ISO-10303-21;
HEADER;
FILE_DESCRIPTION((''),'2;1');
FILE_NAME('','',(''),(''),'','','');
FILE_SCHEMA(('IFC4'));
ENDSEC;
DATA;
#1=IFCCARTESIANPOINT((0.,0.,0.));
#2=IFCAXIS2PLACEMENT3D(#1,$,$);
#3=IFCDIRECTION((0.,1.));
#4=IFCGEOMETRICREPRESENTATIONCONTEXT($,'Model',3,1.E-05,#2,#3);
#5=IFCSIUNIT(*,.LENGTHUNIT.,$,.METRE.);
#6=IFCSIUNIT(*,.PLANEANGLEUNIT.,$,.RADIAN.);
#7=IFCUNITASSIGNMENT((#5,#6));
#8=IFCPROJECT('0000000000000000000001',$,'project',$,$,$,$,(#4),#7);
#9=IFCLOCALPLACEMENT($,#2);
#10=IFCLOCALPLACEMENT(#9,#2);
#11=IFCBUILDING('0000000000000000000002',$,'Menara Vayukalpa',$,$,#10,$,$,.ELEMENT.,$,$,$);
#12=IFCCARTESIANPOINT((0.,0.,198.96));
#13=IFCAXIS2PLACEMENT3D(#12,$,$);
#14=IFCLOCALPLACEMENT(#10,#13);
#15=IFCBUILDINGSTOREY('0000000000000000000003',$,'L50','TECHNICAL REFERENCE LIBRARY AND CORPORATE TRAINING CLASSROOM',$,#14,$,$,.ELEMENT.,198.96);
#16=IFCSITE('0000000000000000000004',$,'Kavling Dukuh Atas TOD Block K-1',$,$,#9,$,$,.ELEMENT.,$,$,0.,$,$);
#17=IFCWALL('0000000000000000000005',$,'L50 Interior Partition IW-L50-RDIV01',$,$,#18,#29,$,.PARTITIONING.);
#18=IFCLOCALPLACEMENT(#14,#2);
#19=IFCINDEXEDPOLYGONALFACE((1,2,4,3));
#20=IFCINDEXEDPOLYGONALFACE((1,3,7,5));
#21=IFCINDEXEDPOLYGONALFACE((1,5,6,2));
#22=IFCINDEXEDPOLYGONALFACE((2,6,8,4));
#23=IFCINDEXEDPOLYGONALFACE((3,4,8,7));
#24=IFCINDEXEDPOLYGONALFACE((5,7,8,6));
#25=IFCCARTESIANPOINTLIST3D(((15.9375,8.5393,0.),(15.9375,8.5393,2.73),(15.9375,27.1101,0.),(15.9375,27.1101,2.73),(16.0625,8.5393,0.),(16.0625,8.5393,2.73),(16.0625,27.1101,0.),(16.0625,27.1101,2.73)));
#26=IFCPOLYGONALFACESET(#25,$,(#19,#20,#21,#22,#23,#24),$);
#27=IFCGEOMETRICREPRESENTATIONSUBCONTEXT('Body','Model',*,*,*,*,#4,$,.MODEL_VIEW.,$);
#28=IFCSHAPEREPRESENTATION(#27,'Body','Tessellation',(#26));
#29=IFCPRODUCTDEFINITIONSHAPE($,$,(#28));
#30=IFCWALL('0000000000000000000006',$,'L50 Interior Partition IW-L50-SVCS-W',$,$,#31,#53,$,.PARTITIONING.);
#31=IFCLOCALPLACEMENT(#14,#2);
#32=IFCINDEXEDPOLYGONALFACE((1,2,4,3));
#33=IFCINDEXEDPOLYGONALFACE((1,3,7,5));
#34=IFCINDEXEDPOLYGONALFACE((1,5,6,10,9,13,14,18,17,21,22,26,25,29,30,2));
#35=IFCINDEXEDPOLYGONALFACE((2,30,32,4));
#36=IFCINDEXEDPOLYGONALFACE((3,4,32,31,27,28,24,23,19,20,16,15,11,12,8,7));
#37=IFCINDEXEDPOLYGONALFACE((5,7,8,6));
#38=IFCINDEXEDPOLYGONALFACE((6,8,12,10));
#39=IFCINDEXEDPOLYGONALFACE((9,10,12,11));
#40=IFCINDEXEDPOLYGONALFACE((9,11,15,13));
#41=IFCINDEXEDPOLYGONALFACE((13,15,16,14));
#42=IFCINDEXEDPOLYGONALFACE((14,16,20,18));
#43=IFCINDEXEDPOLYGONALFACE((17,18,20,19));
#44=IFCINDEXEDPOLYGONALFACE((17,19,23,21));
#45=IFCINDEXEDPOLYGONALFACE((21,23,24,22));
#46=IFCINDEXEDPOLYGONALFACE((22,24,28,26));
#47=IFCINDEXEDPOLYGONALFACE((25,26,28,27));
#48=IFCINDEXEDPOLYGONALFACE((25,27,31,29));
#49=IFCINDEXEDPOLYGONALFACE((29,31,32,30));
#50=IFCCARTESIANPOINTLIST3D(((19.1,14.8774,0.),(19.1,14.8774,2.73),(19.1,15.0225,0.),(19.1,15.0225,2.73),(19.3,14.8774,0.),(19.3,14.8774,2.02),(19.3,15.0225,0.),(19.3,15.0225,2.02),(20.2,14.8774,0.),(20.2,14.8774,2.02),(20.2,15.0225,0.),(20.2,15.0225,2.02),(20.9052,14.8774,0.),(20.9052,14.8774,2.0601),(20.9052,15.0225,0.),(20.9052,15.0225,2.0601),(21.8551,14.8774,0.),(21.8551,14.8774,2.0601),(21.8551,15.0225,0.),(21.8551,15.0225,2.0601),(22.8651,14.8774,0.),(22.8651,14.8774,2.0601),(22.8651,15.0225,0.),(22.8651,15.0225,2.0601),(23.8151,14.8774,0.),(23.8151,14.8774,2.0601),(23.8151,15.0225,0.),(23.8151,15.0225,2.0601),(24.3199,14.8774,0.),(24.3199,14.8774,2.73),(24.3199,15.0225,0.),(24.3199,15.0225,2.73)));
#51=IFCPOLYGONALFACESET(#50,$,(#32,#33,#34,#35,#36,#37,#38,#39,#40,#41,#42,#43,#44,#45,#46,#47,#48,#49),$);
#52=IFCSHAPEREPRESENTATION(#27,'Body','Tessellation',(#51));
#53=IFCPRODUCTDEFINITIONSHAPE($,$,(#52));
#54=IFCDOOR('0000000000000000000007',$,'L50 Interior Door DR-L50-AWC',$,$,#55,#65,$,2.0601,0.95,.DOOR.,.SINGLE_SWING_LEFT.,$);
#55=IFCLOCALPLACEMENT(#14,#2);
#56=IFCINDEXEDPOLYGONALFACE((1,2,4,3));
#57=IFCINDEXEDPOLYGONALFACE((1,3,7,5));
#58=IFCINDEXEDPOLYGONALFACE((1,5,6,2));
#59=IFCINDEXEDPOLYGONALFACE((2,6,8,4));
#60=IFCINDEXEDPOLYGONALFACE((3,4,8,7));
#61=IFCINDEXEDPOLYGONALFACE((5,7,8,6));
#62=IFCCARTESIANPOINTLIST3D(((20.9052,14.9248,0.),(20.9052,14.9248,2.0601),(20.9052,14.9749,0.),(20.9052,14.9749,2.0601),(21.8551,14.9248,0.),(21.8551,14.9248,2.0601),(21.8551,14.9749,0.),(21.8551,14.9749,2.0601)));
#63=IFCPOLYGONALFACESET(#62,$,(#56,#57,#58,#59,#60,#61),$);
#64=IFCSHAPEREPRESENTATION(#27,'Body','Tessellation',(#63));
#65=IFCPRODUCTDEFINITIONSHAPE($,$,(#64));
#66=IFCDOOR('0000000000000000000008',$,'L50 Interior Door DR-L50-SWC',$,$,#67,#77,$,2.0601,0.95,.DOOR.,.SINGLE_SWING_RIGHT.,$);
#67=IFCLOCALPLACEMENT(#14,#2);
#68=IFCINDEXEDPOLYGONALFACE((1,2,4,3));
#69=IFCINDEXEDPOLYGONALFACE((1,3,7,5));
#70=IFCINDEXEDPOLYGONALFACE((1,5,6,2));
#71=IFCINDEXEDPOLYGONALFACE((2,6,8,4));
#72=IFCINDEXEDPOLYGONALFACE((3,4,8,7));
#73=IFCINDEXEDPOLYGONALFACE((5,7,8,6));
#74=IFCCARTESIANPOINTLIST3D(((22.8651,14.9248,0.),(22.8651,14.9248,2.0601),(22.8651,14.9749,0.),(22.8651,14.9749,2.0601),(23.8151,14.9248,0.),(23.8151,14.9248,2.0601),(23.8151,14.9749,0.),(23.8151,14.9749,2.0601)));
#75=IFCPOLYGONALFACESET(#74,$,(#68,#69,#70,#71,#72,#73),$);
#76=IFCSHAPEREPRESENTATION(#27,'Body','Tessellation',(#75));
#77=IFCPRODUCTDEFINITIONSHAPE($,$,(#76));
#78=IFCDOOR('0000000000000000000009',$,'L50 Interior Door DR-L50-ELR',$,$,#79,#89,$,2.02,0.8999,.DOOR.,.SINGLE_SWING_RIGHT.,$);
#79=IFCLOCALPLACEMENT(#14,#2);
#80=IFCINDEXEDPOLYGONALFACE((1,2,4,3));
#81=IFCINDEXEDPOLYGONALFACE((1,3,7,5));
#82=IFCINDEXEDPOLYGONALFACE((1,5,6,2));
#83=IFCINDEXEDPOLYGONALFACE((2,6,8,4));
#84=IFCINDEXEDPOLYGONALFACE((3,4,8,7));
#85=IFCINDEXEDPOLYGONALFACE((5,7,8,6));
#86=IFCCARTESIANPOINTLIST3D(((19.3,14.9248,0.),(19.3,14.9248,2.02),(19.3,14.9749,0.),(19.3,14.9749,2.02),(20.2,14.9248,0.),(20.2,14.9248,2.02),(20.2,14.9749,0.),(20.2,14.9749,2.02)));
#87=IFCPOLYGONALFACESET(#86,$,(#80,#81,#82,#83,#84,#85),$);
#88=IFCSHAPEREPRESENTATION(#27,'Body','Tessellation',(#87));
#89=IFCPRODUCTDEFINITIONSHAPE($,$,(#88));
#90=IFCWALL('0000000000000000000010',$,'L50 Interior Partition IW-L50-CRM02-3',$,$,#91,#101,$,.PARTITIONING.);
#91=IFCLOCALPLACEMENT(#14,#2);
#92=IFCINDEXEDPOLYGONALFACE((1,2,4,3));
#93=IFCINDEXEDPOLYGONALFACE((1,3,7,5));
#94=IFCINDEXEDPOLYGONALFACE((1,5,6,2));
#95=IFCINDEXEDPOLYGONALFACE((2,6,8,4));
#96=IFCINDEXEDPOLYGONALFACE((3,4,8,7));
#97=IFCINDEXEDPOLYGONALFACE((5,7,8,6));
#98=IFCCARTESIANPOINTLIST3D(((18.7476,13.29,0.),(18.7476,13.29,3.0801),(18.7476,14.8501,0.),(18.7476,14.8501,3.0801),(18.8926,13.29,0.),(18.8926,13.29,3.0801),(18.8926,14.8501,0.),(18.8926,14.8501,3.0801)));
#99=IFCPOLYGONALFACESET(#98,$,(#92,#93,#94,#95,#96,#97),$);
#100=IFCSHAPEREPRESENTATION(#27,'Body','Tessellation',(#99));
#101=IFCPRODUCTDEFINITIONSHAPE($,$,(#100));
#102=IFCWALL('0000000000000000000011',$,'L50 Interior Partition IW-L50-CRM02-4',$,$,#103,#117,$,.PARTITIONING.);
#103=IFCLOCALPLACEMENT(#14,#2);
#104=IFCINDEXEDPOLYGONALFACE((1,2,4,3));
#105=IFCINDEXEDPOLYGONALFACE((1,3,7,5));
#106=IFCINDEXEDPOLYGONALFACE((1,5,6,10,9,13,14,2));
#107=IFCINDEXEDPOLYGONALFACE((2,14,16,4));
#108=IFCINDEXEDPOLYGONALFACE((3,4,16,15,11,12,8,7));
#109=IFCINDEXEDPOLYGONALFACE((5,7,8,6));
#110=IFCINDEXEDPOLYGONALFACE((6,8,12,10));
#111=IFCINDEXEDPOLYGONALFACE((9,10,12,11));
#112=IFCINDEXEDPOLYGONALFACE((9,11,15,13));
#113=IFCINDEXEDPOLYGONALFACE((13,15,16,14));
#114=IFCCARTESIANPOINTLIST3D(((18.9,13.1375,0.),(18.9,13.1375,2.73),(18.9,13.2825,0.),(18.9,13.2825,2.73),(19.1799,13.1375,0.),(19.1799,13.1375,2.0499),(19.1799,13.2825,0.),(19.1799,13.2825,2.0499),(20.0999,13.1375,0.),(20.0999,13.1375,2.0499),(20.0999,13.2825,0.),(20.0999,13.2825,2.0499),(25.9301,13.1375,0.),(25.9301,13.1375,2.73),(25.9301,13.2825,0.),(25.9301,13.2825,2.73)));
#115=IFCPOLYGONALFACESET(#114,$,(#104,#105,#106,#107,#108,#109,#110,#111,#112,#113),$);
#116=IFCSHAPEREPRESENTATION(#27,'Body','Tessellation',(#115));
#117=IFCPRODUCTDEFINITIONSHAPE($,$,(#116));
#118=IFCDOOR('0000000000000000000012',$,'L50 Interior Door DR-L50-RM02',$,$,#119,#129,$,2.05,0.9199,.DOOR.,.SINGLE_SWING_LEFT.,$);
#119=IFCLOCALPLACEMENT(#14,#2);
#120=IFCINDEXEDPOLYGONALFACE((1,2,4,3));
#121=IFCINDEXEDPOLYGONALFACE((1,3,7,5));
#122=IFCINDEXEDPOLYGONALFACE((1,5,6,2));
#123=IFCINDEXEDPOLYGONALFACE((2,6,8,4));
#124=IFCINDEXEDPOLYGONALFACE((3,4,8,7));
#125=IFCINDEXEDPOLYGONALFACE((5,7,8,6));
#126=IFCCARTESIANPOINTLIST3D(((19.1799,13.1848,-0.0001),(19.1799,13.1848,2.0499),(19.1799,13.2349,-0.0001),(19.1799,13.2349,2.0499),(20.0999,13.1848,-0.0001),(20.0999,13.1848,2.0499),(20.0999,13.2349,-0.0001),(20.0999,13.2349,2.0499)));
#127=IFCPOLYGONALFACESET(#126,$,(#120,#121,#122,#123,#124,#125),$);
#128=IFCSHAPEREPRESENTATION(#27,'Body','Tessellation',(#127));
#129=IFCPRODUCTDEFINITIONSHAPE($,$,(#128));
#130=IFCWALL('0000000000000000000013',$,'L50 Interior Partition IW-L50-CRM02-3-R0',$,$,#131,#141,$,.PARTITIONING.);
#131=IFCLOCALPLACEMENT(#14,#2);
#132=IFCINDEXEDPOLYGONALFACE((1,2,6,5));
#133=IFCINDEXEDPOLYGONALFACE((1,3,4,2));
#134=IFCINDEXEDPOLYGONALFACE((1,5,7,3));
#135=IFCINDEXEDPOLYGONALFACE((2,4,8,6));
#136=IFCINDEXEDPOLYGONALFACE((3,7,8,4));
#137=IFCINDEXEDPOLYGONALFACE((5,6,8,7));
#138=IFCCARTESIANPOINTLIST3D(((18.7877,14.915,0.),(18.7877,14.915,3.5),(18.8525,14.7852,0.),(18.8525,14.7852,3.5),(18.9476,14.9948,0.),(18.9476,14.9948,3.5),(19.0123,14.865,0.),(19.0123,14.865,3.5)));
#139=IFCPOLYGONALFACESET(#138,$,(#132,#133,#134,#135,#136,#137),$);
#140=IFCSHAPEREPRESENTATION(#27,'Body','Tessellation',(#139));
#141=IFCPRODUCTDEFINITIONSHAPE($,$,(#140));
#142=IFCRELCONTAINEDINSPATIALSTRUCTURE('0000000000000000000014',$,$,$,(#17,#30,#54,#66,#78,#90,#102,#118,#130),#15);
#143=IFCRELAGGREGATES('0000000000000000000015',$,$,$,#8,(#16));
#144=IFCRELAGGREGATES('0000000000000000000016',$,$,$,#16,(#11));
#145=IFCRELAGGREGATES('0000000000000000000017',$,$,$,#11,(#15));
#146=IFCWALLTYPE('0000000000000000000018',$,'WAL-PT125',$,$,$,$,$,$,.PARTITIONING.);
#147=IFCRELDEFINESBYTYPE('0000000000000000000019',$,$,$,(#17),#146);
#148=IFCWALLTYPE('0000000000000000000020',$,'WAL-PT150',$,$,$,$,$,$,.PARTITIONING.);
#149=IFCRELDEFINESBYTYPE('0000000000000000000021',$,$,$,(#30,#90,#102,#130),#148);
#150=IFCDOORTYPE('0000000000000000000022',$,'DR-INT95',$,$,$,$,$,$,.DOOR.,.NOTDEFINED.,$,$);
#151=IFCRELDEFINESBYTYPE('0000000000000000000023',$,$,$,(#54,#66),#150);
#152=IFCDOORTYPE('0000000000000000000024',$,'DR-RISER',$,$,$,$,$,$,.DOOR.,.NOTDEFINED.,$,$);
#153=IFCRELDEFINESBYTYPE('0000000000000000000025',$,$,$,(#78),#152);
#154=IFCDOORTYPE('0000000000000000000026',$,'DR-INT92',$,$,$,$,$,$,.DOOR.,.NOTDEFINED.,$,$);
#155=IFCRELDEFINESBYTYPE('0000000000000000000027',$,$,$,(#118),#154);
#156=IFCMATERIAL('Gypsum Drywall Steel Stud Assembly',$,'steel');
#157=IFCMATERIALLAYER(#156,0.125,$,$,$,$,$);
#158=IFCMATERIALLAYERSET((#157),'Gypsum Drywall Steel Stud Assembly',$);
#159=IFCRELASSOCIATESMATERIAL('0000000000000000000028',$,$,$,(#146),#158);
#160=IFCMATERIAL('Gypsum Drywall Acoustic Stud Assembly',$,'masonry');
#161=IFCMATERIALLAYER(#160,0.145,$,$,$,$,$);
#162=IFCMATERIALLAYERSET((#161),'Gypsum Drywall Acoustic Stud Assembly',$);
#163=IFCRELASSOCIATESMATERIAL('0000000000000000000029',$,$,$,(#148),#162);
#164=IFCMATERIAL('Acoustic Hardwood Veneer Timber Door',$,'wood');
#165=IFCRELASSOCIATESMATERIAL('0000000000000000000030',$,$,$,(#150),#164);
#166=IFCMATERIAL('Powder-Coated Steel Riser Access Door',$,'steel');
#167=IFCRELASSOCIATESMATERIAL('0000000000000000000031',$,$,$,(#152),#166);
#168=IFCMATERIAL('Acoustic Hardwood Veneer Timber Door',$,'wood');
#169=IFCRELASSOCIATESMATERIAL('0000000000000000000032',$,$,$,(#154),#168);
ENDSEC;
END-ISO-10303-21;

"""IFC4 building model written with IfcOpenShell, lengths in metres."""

from ifc_helpers import new_model, si_unit, direction, frame, frame_2d, origin, place, context, subcontext, project, spatial, rectangle, extrude, material, layer, layer_set, type_object, element, fill, save


model = new_model("IFC4")

# Units and contexts
model_context = context("Model", 3, precision=1e-05, world=origin(), true_north=direction((0.0, 1.0)))
body_context = subcontext(model_context, "Body", "Model", "MODEL_VIEW")
ifc_project = project(units=[si_unit("LENGTHUNIT", "METRE"), si_unit("PLANEANGLEUNIT", "RADIAN")], contexts=[model_context])

# Site, building, storey
site_placement = place(None, origin())
site = spatial("IfcSite", under=ifc_project, at=site_placement, Name="Kavling Dukuh Atas TOD Block K-1", CompositionType="ELEMENT", RefElevation=0.0)
building_placement = place(site_placement, origin())
building = spatial("IfcBuilding", under=site, at=building_placement, Name="Menara Vayukalpa", CompositionType="ELEMENT")
storey_placement = place(building_placement, frame((0.0, 0.0, 198.96)))
storey = spatial("IfcBuildingStorey", under=building, at=storey_placement, Name="L50", Description="TECHNICAL REFERENCE LIBRARY AND CORPORATE TRAINING CLASSROOM", CompositionType="ELEMENT", Elevation=198.96)

# Wall
ifc_material_1 = material(Name="Gypsum Drywall Steel Stud Assembly", Category="steel")
ifc_layer_1 = layer(ifc_material_1, 0.125)
ifc_layer_set_1 = layer_set([ifc_layer_1], Name="Gypsum Drywall Steel Stud Assembly")
wall_type_1 = type_object("IfcWallType", Name="WAL-PT125", PredefinedType="PARTITIONING", material=ifc_layer_set_1)
wall_1_placement = place(storey_placement, frame((16.0, 8.5393, 0.0), z_axis=(0.0, 0.0, 1.0), x_axis=(0.0, 1.0, 0.0)))
element("IfcWall", 1, at=wall_1_placement, inside=storey, type_object=wall_type_1, Name="L50 Interior Partition IW-L50-RDIV01", PredefinedType="PARTITIONING", context=body_context, shape_type="SweptSolid", body=[
    extrude(rectangle(XDim=18.5708, YDim=0.125, at=frame_2d((9.2854, 0.0))), origin(), (0.0, 0.0, 1.0), 2.73),
])

# Wall, openings, doors
ifc_material_2 = material(Name="Gypsum Drywall Acoustic Stud Assembly", Category="masonry")
ifc_layer_2 = layer(ifc_material_2, 0.145)
ifc_layer_set_2 = layer_set([ifc_layer_2], Name="Gypsum Drywall Acoustic Stud Assembly")
wall_type_2 = type_object("IfcWallType", Name="WAL-PT150", PredefinedType="PARTITIONING", material=ifc_layer_set_2)
wall_2_placement = place(storey_placement, frame((19.1001, 14.95, 0.0), z_axis=(0.0, 0.0, 1.0), x_axis=(1.0, 0.0, 0.0)))
wall_2 = element("IfcWall", 2, at=wall_2_placement, inside=storey, type_object=wall_type_2, Name="L50 Interior Partition IW-L50-SVCS-W", PredefinedType="PARTITIONING", context=body_context, shape_type="SweptSolid", body=[
    extrude(rectangle(XDim=5.22, YDim=0.145, at=frame_2d((2.6099, 0.0))), origin(), (0.0, 0.0, 1.0), 2.73),
])
opening_1_placement = place(wall_2_placement, frame((0.2, 0.0, 0.0)))
opening_1 = element("IfcOpeningElement", 3, at=opening_1_placement, cuts=wall_2, PredefinedType="OPENING", context=body_context, shape_type="SweptSolid", body=[
    extrude(rectangle(XDim=0.8999, YDim=2.02, at=frame_2d((0.45, 1.01))), frame((0.0, 0.0825, 0.0), z_axis=(0.0, -1.0, 0.0), x_axis=(1.0, 0.0, 0.0)), (0.0, 0.0, 1.0), 0.165),
])
opening_2_placement = place(wall_2_placement, frame((1.8049, 0.0, 0.0)))
opening_2 = element("IfcOpeningElement", 4, at=opening_2_placement, cuts=wall_2, PredefinedType="OPENING", context=body_context, shape_type="SweptSolid", body=[
    extrude(rectangle(XDim=0.95, YDim=2.0601, at=frame_2d((0.4751, 1.03))), frame((0.0, 0.0825, 0.0), z_axis=(0.0, -1.0, 0.0), x_axis=(1.0, 0.0, 0.0)), (0.0, 0.0, 1.0), 0.165),
])
opening_3_placement = place(wall_2_placement, frame((3.7649, 0.0, 0.0)))
opening_3 = element("IfcOpeningElement", 5, at=opening_3_placement, cuts=wall_2, PredefinedType="OPENING", context=body_context, shape_type="SweptSolid", body=[
    extrude(rectangle(XDim=0.95, YDim=2.0601, at=frame_2d((0.4751, 1.03))), frame((0.0, 0.0825, 0.0), z_axis=(0.0, -1.0, 0.0), x_axis=(1.0, 0.0, 0.0)), (0.0, 0.0, 1.0), 0.165),
])
ifc_material_3 = material(Name="Acoustic Hardwood Veneer Timber Door", Category="wood")
door_type_1 = type_object("IfcDoorType", Name="DR-INT95", OperationType="NOTDEFINED", PredefinedType="DOOR", material=ifc_material_3)
door_1_placement = place(opening_2_placement, origin())
door_1 = element("IfcDoor", 6, at=door_1_placement, inside=storey, type_object=door_type_1, Name="L50 Interior Door DR-L50-AWC", OperationType="SINGLE_SWING_LEFT", OverallHeight=2.0601, OverallWidth=0.95, PredefinedType="DOOR", context=body_context, shape_type="SweptSolid", body=[
    extrude(rectangle(XDim=0.95, YDim=2.0601, at=frame_2d((0.4751, 1.03))), frame((0.0, 0.0249, 0.0), z_axis=(0.0, -1.0, 0.0), x_axis=(1.0, 0.0, 0.0)), (0.0, 0.0, 1.0), 0.05),
])
fill(opening_2, door_1)
door_2_placement = place(opening_3_placement, origin())
door_2 = element("IfcDoor", 7, at=door_2_placement, inside=storey, type_object=door_type_1, Name="L50 Interior Door DR-L50-SWC", OperationType="SINGLE_SWING_RIGHT", OverallHeight=2.0601, OverallWidth=0.95, PredefinedType="DOOR", context=body_context, shape_type="SweptSolid", body=[
    extrude(rectangle(XDim=0.95, YDim=2.0601, at=frame_2d((0.4751, 1.03))), frame((0.0, 0.0249, 0.0), z_axis=(0.0, -1.0, 0.0), x_axis=(1.0, 0.0, 0.0)), (0.0, 0.0, 1.0), 0.05),
])
fill(opening_3, door_2)
ifc_material_4 = material(Name="Powder-Coated Steel Riser Access Door", Category="steel")
door_type_2 = type_object("IfcDoorType", Name="DR-RISER", OperationType="NOTDEFINED", PredefinedType="DOOR", material=ifc_material_4)
door_3_placement = place(opening_1_placement, origin())
door_3 = element("IfcDoor", 8, at=door_3_placement, inside=storey, type_object=door_type_2, Name="L50 Interior Door DR-L50-ELR", OperationType="SINGLE_SWING_RIGHT", OverallHeight=2.02, OverallWidth=0.8999, PredefinedType="DOOR", context=body_context, shape_type="SweptSolid", body=[
    extrude(rectangle(XDim=0.8999, YDim=2.02, at=frame_2d((0.45, 1.01))), frame((0.0, 0.0249, 0.0), z_axis=(0.0, -1.0, 0.0), x_axis=(1.0, 0.0, 0.0)), (0.0, 0.0, 1.0), 0.05),
])
fill(opening_1, door_3)

# Wall
wall_3_placement = place(storey_placement, frame((18.8201, 14.8501, 0.0), z_axis=(0.0, 0.0, 1.0), x_axis=(0.0, -1.0, 0.0)))
element("IfcWall", 9, at=wall_3_placement, inside=storey, type_object=wall_type_2, Name="L50 Interior Partition IW-L50-CRM02-3", PredefinedType="PARTITIONING", context=body_context, shape_type="SweptSolid", body=[
    extrude(rectangle(XDim=1.5601, YDim=0.145, at=frame_2d((0.78, 0.0))), origin(), (0.0, 0.0, 1.0), 3.0801),
])

# Wall, opening, door
wall_4_placement = place(storey_placement, frame((18.8999, 13.21, 0.0), z_axis=(0.0, 0.0, 1.0), x_axis=(1.0, 0.0, 0.0)))
wall_4 = element("IfcWall", 10, at=wall_4_placement, inside=storey, type_object=wall_type_2, Name="L50 Interior Partition IW-L50-CRM02-4", PredefinedType="PARTITIONING", context=body_context, shape_type="SweptSolid", body=[
    extrude(rectangle(XDim=7.03, YDim=0.145, at=frame_2d((3.5151, 0.0))), origin(), (0.0, 0.0, 1.0), 2.73),
])
opening_4_placement = place(wall_4_placement, frame((0.28, 0.0, 0.0)))
opening_4 = element("IfcOpeningElement", 11, at=opening_4_placement, cuts=wall_4, PredefinedType="OPENING", context=body_context, shape_type="SweptSolid", body=[
    extrude(rectangle(XDim=0.9199, YDim=2.05, at=frame_2d((0.46, 1.0249))), frame((0.0, 0.0825, 0.0), z_axis=(0.0, -1.0, 0.0), x_axis=(1.0, 0.0, 0.0)), (0.0, 0.0, 1.0), 0.165),
])
ifc_material_5 = material(Name="Acoustic Hardwood Veneer Timber Door", Category="wood")
door_type_3 = type_object("IfcDoorType", Name="DR-INT92", OperationType="NOTDEFINED", PredefinedType="DOOR", material=ifc_material_5)
door_4_placement = place(opening_4_placement, origin())
door_4 = element("IfcDoor", 12, at=door_4_placement, inside=storey, type_object=door_type_3, Name="L50 Interior Door DR-L50-RM02", OperationType="SINGLE_SWING_LEFT", OverallHeight=2.05, OverallWidth=0.9199, PredefinedType="DOOR", context=body_context, shape_type="SweptSolid", body=[
    extrude(rectangle(XDim=0.9199, YDim=2.05, at=frame_2d((0.46, 1.0249))), frame((0.0, 0.0249, 0.0), z_axis=(0.0, -1.0, 0.0), x_axis=(1.0, 0.0, 0.0)), (0.0, 0.0, 1.0), 0.05),
])
fill(opening_4, door_4)

# Wall
wall_5_placement = place(storey_placement, frame((18.8201, 14.8501, 0.0), z_axis=(0.0, 0.0, 1.0), x_axis=(0.8947, 0.446667, 0.0)))
element("IfcWall", 13, at=wall_5_placement, inside=storey, type_object=wall_type_2, Name="L50 Interior Partition IW-L50-CRM02-3-R0", PredefinedType="PARTITIONING", context=body_context, shape_type="SweptSolid", body=[
    extrude(rectangle(XDim=0.1787, YDim=0.145, at=frame_2d((0.0894, 0.0))), origin(), (0.0, 0.0, 1.0), 3.5),
])

save(model, "model.ifc")
